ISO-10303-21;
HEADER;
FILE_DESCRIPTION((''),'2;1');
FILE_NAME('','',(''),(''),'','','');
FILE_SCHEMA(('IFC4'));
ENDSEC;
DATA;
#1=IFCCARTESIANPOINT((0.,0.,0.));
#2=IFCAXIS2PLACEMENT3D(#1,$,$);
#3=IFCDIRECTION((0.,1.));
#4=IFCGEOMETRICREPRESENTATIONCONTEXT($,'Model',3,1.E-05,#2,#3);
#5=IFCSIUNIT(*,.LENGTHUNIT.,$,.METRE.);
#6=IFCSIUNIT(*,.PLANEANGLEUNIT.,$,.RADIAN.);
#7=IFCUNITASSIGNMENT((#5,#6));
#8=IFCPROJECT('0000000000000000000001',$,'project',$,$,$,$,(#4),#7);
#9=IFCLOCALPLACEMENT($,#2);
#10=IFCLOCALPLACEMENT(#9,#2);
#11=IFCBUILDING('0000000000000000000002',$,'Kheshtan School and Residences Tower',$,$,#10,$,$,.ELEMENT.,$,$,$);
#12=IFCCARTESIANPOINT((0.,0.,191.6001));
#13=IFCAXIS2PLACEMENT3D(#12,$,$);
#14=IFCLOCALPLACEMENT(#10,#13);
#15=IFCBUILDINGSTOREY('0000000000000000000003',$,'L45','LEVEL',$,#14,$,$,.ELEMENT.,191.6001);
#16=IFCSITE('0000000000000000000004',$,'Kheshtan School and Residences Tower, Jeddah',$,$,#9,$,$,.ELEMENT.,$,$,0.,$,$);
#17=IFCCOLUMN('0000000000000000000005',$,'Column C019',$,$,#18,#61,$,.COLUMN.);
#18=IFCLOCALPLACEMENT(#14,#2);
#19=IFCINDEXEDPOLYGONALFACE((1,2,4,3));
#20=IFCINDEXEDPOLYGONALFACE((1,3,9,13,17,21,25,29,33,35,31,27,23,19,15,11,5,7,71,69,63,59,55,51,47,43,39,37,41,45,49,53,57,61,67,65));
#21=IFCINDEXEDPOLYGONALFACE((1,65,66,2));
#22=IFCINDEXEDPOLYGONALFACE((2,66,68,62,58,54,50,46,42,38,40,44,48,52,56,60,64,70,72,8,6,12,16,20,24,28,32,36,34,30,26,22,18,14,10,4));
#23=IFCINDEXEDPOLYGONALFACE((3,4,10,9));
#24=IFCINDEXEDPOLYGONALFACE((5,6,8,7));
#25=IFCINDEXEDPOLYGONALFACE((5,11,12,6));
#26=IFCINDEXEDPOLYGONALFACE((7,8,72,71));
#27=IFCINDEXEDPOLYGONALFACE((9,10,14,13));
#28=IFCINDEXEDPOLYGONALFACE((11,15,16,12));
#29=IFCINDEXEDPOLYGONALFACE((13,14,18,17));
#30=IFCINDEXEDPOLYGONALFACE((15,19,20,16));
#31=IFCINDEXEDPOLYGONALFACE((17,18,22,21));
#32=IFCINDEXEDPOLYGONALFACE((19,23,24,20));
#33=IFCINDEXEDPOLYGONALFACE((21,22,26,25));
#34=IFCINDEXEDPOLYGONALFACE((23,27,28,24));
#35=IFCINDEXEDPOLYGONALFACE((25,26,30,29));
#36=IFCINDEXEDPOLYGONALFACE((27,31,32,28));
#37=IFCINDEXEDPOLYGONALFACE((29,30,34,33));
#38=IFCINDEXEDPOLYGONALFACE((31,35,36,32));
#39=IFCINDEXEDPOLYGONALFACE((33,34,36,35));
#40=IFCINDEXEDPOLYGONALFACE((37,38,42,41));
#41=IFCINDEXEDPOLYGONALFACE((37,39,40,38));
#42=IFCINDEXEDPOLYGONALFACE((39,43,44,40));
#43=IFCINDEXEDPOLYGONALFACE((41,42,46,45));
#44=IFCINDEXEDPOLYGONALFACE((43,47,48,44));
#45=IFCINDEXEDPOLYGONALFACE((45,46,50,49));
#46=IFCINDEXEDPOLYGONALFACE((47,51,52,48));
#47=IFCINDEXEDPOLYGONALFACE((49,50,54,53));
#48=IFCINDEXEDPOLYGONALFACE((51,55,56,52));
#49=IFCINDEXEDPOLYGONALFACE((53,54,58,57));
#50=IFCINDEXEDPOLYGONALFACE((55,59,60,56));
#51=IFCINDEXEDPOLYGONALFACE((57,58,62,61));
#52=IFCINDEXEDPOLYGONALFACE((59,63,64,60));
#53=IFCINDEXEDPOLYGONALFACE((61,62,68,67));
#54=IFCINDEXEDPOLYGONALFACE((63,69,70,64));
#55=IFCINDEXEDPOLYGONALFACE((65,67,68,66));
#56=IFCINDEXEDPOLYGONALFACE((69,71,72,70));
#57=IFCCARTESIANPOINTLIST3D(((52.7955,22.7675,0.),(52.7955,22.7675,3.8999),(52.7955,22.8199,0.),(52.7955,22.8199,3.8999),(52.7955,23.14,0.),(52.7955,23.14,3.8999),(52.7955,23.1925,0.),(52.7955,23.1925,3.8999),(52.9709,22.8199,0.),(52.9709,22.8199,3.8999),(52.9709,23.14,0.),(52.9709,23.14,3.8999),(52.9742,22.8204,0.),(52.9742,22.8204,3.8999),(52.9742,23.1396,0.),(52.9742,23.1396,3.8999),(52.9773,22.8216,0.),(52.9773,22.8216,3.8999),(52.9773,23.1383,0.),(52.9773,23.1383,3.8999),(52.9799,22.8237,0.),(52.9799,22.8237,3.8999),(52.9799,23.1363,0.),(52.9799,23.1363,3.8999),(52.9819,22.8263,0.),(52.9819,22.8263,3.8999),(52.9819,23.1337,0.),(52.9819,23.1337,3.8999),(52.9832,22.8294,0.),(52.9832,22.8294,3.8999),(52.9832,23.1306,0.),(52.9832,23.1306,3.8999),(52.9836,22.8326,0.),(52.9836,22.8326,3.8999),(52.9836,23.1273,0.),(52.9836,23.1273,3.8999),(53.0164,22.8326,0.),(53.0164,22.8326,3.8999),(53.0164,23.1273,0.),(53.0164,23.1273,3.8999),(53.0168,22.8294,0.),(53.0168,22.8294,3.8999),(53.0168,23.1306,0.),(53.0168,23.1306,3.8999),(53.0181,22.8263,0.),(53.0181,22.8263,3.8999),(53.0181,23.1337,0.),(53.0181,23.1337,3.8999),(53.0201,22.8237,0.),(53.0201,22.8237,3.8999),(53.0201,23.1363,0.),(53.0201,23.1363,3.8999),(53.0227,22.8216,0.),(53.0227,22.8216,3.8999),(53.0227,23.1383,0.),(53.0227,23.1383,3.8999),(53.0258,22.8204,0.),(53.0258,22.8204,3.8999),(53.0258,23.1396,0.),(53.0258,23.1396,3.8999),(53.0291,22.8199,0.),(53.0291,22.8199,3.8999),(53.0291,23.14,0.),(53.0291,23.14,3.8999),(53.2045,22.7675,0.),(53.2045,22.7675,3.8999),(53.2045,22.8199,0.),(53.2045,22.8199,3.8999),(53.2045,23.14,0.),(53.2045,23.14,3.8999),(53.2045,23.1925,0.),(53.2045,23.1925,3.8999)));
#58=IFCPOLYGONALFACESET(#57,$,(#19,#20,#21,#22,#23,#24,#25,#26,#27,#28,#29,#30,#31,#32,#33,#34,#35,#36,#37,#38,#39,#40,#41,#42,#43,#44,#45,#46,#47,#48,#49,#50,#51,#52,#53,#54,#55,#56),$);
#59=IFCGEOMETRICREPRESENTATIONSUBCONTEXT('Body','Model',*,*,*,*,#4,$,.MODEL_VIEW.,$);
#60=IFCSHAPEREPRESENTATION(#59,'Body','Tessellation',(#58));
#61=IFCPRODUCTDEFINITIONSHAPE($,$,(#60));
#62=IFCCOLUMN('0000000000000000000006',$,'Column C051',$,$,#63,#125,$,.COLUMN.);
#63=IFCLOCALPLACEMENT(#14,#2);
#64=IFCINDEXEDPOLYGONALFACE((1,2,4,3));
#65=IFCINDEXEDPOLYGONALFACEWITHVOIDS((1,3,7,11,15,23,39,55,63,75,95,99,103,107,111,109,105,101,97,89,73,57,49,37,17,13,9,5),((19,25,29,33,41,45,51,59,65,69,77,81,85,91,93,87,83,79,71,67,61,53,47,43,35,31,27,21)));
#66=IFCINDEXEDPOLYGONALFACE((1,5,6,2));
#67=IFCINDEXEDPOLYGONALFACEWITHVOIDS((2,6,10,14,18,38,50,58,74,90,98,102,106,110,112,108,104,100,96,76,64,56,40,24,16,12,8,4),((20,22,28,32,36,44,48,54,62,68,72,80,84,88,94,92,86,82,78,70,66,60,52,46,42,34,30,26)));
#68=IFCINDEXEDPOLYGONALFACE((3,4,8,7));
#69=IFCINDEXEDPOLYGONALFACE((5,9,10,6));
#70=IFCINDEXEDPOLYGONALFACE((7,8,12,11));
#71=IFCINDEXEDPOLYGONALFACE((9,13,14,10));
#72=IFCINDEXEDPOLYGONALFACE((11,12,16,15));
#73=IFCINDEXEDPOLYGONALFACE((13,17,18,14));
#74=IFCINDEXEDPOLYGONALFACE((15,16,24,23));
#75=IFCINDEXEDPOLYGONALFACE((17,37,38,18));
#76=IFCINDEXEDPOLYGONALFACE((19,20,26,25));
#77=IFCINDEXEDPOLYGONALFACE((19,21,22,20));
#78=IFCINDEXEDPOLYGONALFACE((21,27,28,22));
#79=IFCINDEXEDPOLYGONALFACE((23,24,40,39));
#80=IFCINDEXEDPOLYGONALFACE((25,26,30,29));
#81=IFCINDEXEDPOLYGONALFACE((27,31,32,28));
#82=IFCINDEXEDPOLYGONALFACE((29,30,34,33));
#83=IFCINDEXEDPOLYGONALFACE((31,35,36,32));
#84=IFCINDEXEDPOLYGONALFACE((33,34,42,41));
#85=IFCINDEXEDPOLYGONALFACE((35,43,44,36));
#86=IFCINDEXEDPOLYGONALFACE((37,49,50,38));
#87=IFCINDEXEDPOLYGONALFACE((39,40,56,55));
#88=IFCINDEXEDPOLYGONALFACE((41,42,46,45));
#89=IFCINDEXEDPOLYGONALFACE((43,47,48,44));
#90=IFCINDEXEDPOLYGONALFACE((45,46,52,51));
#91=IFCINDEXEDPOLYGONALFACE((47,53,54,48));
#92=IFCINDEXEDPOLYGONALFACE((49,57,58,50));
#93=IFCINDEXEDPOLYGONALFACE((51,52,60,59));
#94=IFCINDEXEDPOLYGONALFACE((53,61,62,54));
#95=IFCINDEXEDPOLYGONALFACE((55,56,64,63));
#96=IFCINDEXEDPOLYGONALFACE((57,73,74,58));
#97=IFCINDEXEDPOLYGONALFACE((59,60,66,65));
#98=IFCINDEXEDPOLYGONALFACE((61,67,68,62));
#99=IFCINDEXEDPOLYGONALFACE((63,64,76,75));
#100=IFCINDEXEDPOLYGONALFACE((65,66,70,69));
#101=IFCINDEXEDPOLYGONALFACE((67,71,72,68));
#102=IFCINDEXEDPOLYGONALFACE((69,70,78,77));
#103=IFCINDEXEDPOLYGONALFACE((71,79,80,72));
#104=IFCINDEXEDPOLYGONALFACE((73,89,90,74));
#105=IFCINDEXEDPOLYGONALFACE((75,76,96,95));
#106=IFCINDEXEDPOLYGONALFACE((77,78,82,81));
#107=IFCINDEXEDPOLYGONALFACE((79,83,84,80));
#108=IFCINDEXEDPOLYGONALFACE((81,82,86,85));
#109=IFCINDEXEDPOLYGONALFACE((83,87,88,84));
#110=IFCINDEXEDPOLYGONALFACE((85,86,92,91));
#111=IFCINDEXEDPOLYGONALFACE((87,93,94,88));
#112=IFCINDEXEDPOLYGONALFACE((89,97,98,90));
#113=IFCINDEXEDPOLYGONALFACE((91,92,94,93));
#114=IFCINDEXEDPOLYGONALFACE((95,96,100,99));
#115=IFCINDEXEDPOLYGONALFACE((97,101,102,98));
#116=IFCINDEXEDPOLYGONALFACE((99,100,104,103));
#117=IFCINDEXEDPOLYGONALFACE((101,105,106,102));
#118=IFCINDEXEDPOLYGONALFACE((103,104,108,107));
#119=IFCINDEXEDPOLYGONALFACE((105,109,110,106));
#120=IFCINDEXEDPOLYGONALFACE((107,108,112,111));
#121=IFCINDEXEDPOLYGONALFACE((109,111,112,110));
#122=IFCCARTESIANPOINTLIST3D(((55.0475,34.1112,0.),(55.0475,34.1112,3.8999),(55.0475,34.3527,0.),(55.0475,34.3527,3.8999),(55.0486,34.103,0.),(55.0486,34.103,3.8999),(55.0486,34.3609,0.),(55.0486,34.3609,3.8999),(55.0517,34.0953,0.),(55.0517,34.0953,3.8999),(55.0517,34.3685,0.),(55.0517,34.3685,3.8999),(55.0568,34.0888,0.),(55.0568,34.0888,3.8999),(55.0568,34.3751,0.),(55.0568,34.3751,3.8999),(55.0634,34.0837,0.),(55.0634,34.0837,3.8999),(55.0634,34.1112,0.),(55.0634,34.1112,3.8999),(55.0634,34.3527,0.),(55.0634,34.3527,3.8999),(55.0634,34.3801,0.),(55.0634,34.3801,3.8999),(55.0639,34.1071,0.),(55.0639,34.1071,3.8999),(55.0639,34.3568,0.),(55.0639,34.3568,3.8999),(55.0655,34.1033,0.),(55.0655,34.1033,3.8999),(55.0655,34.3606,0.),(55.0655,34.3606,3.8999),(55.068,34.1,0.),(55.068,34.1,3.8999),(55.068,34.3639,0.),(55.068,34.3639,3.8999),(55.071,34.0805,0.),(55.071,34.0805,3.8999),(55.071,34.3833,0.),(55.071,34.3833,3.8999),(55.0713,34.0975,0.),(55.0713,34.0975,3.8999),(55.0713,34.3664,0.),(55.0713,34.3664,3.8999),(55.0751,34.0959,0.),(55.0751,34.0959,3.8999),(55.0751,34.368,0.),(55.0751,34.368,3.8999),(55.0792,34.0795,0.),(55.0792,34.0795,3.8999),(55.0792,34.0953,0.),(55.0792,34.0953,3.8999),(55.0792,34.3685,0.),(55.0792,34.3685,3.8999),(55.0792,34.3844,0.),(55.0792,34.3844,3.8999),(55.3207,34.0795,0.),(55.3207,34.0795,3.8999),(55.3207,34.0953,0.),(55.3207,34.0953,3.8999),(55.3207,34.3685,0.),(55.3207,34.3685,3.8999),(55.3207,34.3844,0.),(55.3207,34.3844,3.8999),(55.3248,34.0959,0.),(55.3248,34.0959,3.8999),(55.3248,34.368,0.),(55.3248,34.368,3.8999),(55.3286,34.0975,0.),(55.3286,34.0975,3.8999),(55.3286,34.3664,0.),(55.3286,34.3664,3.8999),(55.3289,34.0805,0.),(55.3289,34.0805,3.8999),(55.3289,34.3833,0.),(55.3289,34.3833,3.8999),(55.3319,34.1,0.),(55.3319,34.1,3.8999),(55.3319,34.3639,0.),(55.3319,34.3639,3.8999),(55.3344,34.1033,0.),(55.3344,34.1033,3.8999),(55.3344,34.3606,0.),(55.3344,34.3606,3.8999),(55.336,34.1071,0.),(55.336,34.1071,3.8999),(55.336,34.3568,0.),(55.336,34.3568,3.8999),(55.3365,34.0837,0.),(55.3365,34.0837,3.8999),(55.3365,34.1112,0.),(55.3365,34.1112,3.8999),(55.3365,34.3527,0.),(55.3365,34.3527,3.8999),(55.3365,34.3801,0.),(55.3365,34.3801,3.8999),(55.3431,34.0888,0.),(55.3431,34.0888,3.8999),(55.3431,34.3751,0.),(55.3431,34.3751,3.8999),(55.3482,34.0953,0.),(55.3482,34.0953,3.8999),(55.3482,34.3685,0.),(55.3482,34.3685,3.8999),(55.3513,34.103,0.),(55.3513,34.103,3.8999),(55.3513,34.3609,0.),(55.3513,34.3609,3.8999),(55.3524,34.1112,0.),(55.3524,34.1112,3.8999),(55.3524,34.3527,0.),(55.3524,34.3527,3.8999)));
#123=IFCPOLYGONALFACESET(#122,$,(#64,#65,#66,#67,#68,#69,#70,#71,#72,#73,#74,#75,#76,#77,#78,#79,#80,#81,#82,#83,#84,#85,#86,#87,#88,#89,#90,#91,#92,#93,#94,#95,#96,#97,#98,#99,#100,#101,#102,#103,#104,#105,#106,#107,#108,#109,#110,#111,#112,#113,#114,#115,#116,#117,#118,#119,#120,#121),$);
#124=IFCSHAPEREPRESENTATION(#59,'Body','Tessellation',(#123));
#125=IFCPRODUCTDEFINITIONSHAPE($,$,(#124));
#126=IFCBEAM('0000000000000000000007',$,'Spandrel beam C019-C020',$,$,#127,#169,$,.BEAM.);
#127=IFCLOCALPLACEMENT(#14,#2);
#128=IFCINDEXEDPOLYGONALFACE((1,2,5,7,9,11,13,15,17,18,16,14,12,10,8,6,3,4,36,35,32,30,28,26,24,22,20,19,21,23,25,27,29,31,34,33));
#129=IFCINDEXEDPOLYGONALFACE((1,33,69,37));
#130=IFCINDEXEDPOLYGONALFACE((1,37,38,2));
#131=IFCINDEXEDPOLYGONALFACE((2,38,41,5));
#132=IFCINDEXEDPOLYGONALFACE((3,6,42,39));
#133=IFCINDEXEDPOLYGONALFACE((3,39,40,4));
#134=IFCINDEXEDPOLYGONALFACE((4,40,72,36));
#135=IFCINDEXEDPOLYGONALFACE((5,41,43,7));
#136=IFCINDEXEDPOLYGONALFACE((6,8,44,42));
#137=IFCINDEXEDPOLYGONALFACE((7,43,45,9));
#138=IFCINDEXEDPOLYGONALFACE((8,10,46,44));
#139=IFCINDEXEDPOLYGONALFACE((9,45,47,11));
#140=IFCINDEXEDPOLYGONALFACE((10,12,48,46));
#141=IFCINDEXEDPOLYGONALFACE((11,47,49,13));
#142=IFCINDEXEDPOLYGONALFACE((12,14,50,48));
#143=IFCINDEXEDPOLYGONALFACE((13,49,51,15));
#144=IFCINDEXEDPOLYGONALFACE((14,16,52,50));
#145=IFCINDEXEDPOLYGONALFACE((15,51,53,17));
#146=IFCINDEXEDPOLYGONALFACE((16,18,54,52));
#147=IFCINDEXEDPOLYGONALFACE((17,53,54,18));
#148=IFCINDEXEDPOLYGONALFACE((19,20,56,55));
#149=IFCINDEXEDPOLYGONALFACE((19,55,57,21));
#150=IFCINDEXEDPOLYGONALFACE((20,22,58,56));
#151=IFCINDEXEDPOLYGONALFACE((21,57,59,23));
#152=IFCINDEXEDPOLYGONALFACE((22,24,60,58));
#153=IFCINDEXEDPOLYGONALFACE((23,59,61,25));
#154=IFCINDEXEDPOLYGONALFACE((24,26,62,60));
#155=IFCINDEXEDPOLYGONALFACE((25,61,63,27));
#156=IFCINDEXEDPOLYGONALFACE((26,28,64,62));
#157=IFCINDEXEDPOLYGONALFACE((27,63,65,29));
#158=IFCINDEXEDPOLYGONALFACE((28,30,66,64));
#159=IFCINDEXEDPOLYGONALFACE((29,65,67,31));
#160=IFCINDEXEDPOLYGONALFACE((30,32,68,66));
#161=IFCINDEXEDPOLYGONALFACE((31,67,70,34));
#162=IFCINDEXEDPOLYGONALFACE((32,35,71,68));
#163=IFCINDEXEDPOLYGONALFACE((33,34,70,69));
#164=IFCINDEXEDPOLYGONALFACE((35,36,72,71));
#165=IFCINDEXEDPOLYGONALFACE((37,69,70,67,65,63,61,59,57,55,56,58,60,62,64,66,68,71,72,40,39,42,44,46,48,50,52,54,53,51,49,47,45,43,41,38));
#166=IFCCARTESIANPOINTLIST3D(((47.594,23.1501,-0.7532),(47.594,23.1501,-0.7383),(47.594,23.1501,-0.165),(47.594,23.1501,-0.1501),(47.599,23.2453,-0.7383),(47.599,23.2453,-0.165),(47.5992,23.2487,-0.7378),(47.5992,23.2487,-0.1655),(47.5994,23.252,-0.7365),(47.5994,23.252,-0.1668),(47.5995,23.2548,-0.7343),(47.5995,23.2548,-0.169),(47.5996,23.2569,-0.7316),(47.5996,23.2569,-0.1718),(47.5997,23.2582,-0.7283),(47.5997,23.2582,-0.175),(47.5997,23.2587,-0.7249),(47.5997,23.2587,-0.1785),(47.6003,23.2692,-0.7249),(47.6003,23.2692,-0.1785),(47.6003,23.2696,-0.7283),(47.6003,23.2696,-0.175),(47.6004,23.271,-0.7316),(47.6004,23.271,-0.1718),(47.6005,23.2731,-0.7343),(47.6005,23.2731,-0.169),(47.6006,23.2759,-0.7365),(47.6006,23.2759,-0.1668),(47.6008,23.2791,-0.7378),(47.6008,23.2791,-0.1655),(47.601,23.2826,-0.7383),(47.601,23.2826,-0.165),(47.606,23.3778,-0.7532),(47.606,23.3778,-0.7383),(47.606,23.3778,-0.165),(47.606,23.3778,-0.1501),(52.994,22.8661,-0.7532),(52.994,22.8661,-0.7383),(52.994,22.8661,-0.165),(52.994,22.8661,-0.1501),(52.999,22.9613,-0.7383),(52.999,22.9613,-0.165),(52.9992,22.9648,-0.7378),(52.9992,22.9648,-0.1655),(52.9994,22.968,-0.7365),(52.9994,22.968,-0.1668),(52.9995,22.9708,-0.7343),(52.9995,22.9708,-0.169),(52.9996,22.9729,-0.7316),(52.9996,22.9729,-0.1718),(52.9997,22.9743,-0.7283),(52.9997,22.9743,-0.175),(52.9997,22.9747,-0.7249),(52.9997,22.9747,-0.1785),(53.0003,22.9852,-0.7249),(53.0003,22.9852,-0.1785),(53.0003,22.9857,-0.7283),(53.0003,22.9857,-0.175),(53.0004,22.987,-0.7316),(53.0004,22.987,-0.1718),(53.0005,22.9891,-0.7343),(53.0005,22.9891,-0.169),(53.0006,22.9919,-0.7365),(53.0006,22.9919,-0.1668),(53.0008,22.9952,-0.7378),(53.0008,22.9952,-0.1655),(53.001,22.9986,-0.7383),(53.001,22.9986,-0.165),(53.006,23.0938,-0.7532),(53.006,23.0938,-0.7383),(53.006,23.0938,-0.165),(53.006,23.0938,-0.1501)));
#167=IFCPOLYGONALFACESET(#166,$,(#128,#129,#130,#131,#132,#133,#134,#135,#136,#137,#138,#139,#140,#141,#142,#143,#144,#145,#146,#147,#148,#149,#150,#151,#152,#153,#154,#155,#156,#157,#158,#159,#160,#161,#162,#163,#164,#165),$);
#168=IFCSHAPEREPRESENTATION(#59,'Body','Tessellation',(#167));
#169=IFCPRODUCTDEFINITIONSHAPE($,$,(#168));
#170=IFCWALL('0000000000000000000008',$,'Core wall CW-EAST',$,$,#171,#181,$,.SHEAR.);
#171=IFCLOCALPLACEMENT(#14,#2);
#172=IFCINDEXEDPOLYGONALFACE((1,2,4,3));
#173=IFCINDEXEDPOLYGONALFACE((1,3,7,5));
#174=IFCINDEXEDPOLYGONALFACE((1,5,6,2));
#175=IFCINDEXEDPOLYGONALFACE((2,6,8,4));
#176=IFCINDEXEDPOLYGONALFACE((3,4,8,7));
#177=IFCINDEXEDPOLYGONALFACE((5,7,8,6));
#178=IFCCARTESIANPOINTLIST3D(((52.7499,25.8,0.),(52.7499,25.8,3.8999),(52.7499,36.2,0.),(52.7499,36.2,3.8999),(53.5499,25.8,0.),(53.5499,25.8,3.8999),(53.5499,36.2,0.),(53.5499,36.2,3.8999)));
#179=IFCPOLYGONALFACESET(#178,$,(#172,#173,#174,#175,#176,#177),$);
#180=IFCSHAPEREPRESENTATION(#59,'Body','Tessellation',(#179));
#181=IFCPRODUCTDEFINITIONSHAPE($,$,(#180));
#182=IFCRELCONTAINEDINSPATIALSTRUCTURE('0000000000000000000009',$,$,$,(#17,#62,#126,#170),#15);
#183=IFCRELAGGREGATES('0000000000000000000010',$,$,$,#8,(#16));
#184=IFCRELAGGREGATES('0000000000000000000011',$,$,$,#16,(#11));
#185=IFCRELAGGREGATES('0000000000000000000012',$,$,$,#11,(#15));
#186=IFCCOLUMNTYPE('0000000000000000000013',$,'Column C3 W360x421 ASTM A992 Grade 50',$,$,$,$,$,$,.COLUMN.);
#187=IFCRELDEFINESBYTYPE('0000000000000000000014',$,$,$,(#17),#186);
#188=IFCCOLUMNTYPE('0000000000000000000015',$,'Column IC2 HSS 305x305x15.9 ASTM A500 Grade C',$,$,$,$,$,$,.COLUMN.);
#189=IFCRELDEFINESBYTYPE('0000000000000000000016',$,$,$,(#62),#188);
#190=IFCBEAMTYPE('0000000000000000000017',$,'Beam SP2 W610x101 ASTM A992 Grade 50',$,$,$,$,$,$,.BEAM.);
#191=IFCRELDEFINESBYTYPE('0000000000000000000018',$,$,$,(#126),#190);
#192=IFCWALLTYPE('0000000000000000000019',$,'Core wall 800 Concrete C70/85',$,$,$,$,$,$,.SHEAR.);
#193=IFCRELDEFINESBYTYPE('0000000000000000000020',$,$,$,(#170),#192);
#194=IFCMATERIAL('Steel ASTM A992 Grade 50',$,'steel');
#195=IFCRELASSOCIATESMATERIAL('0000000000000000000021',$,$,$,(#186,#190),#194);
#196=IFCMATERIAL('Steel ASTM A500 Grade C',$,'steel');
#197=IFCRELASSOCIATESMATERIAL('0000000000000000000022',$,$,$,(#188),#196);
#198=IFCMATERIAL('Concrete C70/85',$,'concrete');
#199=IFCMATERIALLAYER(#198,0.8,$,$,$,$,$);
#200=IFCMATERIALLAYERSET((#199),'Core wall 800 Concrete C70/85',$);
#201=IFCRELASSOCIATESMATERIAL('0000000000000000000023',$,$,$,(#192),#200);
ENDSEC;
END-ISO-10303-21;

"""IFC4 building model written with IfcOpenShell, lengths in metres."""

from ifc_helpers import new_model, si_unit, direction, frame, frame_2d, origin, origin_2d, place, context, subcontext, project, spatial, rectangle, hollow_rectangle, i_section, extrude, material, layer, layer_set, material_profile, profile_set, type_object, element, save


model = new_model("IFC4")

# Units and contexts
model_context = context("Model", 3, precision=1e-05, world=origin(), true_north=direction((0.0, 1.0)))
body_context = subcontext(model_context, "Body", "Model", "MODEL_VIEW")
ifc_project = project(units=[si_unit("LENGTHUNIT", "METRE"), si_unit("PLANEANGLEUNIT", "RADIAN")], contexts=[model_context])

# Site, building, storey
site_placement = place(None, origin())
site = spatial("IfcSite", under=ifc_project, at=site_placement, Name="Kheshtan School and Residences Tower, Jeddah", CompositionType="ELEMENT", RefElevation=0.0)
building_placement = place(site_placement, origin())
building = spatial("IfcBuilding", under=site, at=building_placement, Name="Kheshtan School and Residences Tower", CompositionType="ELEMENT")
storey_placement = place(building_placement, frame((0.0, 0.0, 191.6001)))
storey = spatial("IfcBuildingStorey", under=building, at=storey_placement, Name="L45", Description="LEVEL", CompositionType="ELEMENT", Elevation=191.6001)

# Columns
ifc_material_1 = material(Name="Steel ASTM A992 Grade 50", Category="steel")
ifc_material_profile_1 = material_profile(ifc_material_1, i_section(OverallWidth=0.4089, OverallDepth=0.425, WebThickness=0.0327, FlangeThickness=0.0525, FilletRadius=0.0127, at=origin_2d()), Name="W360x421")
ifc_profile_set_1 = profile_set([ifc_material_profile_1], Name="Steel ASTM A992 Grade 50")
column_type_1 = type_object("IfcColumnType", Name="Column C3 W360x421 ASTM A992 Grade 50", PredefinedType="COLUMN", material=ifc_profile_set_1)
column_1_placement = place(storey_placement, frame((53.0, 22.98, 0.0), z_axis=(0.0, 0.0, 1.0), x_axis=(1.0, 0.0, 0.0)))
element("IfcColumn", 1, at=column_1_placement, inside=storey, type_object=column_type_1, Name="Column C019", PredefinedType="COLUMN", context=body_context, shape_type="SweptSolid", body=[
    extrude(i_section(OverallWidth=0.4089, OverallDepth=0.425, WebThickness=0.0327, FlangeThickness=0.0525, FilletRadius=0.0127, at=origin_2d()), origin(), (0.0, 0.0, 1.0), 3.8999),
])
ifc_material_2 = material(Name="Steel ASTM A500 Grade C", Category="steel")
ifc_material_profile_2 = material_profile(ifc_material_2, hollow_rectangle(XDim=0.3049, YDim=0.3049, WallThickness=0.0159, InnerFilletRadius=0.0159, OuterFilletRadius=0.0317, at=origin_2d()), Name="HSS 305x305x15.9")
ifc_profile_set_2 = profile_set([ifc_material_profile_2], Name="Steel ASTM A500 Grade C")
column_type_2 = type_object("IfcColumnType", Name="Column IC2 HSS 305x305x15.9 ASTM A500 Grade C", PredefinedType="COLUMN", material=ifc_profile_set_2)
column_2_placement = place(storey_placement, frame((55.2, 34.2319, 0.0), z_axis=(0.0, 0.0, 1.0), x_axis=(1.0, 0.0, 0.0)))
element("IfcColumn", 2, at=column_2_placement, inside=storey, type_object=column_type_2, Name="Column C051", PredefinedType="COLUMN", context=body_context, shape_type="SweptSolid", body=[
    extrude(hollow_rectangle(XDim=0.3049, YDim=0.3049, WallThickness=0.0159, InnerFilletRadius=0.0159, OuterFilletRadius=0.0317, at=origin_2d()), origin(), (0.0, 0.0, 1.0), 3.8999),
])

# Beam
ifc_material_profile_3 = material_profile(ifc_material_1, i_section(OverallWidth=0.228, OverallDepth=0.603, WebThickness=0.0105, FlangeThickness=0.0149, FilletRadius=0.0134, at=origin_2d()), Name="W610x101")
ifc_profile_set_3 = profile_set([ifc_material_profile_3], Name="Steel ASTM A992 Grade 50")
beam_type = type_object("IfcBeamType", Name="Beam SP2 W610x101 ASTM A992 Grade 50", PredefinedType="BEAM", material=ifc_profile_set_3)
beam_placement = place(storey_placement, frame((53.0, 22.98, -0.4517), z_axis=(-0.99862, 0.052509, 0.0), x_axis=(-0.052509, -0.99862, 0.0)))
element("IfcBeam", 3, at=beam_placement, inside=storey, type_object=beam_type, Name="Spandrel beam C019-C020", PredefinedType="BEAM", context=body_context, shape_type="SweptSolid", body=[
    extrude(i_section(OverallWidth=0.228, OverallDepth=0.603, WebThickness=0.0105, FlangeThickness=0.0149, FilletRadius=0.0134, at=origin_2d()), origin(), (0.0, 0.0, 1.0), 5.4075),
])

# Wall
ifc_material_3 = material(Name="Concrete C70/85", Category="concrete")
ifc_layer_1 = layer(ifc_material_3, 0.8)
ifc_layer_set_1 = layer_set([ifc_layer_1], Name="Core wall 800 Concrete C70/85")
wall_type_1 = type_object("IfcWallType", Name="Core wall 800 Concrete C70/85", PredefinedType="SHEAR", material=ifc_layer_set_1)
wall_1_placement = place(storey_placement, frame((53.1499, 25.8, 0.0), z_axis=(0.0, 0.0, 1.0), x_axis=(0.0, 1.0, 0.0)))
element("IfcWall", 4, at=wall_1_placement, inside=storey, type_object=wall_type_1, Name="Core wall CW-EAST", PredefinedType="SHEAR", context=body_context, shape_type="SweptSolid", body=[
    extrude(rectangle(XDim=10.3999, YDim=0.8, at=frame_2d((5.2, 0.0))), origin(), (0.0, 0.0, 1.0), 3.8999),
])

save(model, "model.ifc")
